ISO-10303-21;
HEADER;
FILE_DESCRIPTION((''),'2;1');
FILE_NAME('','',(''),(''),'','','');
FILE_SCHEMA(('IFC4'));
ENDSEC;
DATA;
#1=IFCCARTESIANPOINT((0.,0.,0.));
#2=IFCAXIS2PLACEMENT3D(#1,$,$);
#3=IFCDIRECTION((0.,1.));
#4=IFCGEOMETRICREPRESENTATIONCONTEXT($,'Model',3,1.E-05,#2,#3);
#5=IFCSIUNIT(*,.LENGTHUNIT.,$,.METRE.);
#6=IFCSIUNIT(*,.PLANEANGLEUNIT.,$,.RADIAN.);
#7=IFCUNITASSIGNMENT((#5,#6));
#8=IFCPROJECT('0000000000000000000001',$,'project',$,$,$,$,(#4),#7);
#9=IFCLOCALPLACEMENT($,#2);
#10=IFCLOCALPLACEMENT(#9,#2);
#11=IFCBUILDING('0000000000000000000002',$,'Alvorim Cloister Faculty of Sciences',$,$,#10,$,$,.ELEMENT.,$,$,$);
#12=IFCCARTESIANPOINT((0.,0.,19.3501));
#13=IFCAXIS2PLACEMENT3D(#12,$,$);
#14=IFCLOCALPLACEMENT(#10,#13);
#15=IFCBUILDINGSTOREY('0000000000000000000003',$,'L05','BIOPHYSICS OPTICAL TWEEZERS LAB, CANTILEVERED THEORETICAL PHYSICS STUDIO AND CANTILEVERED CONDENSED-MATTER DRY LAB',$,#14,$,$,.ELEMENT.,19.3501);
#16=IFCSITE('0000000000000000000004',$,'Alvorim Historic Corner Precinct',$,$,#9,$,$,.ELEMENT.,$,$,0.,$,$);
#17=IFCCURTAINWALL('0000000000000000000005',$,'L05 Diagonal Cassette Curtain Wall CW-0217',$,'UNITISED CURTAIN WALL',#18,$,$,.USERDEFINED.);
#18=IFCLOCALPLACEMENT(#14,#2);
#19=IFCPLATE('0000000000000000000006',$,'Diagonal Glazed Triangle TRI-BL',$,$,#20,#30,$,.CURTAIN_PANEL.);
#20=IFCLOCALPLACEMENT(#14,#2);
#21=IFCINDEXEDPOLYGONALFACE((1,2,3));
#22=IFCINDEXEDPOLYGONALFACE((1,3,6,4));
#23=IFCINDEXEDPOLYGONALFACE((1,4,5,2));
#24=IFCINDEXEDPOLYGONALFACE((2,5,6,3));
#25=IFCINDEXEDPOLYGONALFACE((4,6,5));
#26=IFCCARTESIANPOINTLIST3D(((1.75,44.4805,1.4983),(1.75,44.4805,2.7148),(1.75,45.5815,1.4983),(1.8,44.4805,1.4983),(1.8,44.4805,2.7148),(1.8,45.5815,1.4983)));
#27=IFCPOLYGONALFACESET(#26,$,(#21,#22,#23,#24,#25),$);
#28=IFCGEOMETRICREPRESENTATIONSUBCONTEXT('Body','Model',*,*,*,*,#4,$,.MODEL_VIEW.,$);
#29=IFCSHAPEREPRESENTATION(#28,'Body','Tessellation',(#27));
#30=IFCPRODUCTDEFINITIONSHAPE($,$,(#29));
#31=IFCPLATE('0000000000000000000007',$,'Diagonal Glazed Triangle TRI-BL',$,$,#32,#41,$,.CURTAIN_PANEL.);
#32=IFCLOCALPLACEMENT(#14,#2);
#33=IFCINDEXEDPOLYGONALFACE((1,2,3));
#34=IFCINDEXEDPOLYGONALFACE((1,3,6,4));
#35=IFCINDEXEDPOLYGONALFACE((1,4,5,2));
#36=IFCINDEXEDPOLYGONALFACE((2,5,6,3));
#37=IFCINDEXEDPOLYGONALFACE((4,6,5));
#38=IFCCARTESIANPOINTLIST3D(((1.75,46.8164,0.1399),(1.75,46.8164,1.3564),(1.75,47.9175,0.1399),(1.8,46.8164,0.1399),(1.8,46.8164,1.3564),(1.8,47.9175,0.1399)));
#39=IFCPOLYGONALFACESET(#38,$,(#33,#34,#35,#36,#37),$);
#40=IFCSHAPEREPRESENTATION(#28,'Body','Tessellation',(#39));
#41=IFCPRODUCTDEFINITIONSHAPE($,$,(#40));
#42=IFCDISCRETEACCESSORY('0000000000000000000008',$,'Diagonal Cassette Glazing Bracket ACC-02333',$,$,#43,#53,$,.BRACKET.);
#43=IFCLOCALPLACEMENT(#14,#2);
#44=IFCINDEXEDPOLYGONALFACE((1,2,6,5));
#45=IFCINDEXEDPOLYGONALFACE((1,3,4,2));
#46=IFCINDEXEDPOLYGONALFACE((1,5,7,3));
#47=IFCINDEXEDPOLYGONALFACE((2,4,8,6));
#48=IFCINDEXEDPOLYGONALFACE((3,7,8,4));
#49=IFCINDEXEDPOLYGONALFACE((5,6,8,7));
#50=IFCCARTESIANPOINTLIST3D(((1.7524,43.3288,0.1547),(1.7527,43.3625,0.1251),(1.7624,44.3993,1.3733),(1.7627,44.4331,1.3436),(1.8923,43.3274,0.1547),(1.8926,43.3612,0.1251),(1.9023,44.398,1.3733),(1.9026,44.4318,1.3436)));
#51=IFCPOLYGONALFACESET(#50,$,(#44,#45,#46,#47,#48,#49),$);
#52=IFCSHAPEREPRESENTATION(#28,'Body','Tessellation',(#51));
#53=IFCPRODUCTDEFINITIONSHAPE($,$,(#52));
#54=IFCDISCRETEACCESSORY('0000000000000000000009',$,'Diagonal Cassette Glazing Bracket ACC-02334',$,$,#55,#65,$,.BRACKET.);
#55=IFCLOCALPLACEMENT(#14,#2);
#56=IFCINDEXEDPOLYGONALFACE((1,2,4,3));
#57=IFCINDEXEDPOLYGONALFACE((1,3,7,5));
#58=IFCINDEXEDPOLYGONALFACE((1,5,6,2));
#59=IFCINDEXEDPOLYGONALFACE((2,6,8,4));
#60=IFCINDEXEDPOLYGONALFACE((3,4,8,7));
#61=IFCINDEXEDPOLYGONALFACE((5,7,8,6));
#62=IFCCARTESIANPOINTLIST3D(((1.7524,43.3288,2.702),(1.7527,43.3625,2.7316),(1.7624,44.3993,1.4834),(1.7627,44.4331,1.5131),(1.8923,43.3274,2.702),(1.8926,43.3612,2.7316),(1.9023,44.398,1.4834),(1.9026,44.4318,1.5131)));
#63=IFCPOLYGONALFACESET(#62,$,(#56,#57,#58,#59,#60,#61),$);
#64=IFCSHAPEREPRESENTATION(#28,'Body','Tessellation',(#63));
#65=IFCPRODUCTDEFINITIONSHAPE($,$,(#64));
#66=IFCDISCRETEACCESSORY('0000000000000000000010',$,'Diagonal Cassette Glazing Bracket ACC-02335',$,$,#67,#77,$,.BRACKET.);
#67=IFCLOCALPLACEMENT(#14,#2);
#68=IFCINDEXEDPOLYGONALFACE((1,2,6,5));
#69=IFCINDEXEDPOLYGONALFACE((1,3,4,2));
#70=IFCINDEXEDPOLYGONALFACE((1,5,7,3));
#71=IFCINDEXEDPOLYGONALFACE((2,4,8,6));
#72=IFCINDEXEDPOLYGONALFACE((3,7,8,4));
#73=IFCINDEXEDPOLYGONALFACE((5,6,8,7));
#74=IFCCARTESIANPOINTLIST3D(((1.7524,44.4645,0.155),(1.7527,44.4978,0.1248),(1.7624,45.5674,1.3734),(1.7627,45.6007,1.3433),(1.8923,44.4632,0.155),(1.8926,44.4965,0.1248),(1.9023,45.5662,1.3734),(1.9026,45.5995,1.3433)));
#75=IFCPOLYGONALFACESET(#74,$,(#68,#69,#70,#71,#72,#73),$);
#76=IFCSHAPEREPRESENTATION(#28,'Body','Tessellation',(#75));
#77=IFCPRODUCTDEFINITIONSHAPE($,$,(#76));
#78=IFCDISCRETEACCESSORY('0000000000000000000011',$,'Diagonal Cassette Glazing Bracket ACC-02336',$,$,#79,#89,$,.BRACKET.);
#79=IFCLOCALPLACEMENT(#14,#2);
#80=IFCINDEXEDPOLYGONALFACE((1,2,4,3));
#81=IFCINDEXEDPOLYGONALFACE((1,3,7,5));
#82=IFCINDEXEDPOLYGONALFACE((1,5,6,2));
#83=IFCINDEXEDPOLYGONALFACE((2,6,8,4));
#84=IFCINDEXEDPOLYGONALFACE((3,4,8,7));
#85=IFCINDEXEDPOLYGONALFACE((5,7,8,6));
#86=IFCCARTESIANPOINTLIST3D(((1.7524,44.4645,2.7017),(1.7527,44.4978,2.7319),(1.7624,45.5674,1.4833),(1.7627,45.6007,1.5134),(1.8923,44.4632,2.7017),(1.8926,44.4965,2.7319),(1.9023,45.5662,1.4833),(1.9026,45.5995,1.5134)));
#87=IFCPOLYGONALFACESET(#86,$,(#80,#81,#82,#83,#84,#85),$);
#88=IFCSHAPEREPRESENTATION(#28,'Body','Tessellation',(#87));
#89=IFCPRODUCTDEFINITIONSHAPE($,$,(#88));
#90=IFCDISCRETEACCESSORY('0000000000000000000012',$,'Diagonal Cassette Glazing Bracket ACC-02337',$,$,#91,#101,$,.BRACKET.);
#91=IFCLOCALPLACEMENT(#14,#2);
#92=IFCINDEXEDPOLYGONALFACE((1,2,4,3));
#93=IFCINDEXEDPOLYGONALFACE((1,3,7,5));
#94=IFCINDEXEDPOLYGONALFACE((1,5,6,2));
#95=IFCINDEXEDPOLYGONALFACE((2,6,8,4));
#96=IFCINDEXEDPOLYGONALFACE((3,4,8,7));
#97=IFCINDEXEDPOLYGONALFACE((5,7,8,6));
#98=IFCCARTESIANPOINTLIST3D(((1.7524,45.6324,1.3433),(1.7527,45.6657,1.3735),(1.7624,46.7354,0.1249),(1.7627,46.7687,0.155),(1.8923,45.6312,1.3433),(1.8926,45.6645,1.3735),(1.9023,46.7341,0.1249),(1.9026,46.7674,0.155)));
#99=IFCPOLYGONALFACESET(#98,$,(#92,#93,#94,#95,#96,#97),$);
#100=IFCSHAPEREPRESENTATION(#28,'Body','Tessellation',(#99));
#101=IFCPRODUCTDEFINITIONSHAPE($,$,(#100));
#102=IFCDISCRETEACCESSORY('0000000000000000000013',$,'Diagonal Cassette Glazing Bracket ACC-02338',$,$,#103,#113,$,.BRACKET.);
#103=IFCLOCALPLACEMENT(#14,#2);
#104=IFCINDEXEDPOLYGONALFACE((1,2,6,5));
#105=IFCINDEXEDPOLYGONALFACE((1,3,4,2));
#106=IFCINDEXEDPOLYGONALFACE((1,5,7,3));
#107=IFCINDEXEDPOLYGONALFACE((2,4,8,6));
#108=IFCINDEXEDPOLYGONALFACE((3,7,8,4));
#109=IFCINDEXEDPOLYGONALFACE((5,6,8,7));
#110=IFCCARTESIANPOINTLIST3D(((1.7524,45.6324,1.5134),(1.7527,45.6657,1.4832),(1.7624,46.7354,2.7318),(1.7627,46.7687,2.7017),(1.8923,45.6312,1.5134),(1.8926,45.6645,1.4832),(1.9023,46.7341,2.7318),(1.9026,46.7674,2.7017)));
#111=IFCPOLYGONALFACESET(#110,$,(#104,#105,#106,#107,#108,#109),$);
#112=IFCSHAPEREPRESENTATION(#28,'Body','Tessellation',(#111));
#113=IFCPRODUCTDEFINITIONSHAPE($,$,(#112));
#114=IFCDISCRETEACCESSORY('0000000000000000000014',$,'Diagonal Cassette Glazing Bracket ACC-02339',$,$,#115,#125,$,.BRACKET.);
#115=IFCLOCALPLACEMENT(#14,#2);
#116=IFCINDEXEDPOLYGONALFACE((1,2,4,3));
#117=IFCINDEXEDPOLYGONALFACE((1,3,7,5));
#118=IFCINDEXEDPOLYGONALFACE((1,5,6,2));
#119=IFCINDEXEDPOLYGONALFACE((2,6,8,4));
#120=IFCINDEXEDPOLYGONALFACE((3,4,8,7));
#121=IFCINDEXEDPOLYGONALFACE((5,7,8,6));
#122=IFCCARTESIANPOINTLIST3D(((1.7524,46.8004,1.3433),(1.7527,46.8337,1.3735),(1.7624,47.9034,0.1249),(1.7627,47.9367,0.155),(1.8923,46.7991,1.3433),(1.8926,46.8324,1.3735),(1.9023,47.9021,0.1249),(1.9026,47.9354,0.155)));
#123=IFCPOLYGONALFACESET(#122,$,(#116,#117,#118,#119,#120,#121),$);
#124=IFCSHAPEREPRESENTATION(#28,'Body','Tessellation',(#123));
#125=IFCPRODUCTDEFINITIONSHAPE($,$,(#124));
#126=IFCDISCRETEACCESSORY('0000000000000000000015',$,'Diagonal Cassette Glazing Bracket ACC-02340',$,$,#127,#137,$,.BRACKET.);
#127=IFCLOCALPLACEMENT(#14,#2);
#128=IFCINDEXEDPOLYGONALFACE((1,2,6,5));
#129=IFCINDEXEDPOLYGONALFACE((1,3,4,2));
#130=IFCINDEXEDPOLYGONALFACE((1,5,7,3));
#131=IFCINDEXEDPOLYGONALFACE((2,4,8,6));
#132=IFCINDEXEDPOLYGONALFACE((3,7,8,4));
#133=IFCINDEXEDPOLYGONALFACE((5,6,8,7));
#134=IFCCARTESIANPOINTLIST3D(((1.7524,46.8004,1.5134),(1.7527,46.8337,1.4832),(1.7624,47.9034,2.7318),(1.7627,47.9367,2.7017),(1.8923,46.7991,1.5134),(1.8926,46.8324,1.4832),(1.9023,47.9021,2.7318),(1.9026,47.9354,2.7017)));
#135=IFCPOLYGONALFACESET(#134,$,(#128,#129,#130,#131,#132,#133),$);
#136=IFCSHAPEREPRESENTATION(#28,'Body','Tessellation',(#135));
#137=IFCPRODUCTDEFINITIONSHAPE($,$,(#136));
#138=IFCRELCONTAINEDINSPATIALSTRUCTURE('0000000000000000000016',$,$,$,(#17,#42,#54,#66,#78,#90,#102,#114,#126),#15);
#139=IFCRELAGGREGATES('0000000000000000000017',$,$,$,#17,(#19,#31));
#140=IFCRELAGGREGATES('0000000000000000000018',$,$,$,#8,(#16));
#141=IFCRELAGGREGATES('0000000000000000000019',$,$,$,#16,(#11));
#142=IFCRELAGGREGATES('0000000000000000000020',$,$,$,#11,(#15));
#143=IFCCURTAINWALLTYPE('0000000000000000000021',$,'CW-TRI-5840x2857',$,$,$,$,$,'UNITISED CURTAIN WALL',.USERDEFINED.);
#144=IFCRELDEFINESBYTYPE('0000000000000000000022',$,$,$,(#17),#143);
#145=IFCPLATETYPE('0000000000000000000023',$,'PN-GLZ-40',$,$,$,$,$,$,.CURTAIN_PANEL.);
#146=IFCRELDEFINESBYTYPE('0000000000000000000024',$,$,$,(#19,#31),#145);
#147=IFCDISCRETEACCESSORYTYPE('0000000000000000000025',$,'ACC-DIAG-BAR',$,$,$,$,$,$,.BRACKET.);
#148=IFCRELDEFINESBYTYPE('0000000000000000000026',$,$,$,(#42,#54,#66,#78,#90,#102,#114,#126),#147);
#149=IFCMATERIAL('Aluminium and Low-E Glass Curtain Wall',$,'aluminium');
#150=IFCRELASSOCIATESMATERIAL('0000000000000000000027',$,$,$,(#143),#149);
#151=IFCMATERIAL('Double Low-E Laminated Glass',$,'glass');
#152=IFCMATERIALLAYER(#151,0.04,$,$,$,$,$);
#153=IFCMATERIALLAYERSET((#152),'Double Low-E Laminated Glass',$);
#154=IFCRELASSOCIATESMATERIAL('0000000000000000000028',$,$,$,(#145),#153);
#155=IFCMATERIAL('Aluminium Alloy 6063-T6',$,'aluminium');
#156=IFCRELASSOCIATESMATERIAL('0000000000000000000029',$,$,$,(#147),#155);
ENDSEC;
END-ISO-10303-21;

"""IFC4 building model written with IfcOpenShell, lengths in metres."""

from ifc_helpers import new_model, si_unit, direction, frame, origin, origin_2d, place, context, subcontext, project, spatial, polyline, rectangle, outline, extrude, material, layer, layer_set, type_object, element, aggregate, save


model = new_model("IFC4")

# Units and contexts
model_context = context("Model", 3, precision=1e-05, world=origin(), true_north=direction((0.0, 1.0)))
body_context = subcontext(model_context, "Body", "Model", "MODEL_VIEW")
ifc_project = project(units=[si_unit("LENGTHUNIT", "METRE"), si_unit("PLANEANGLEUNIT", "RADIAN")], contexts=[model_context])

# Site, building, storey
site_placement = place(None, origin())
site = spatial("IfcSite", under=ifc_project, at=site_placement, Name="Alvorim Historic Corner Precinct", CompositionType="ELEMENT", RefElevation=0.0)
building_placement = place(site_placement, origin())
building = spatial("IfcBuilding", under=site, at=building_placement, Name="Alvorim Cloister Faculty of Sciences", CompositionType="ELEMENT")
storey_placement = place(building_placement, frame((0.0, 0.0, 19.3501)))
storey = spatial("IfcBuildingStorey", under=building, at=storey_placement, Name="L05", Description="BIOPHYSICS OPTICAL TWEEZERS LAB, CANTILEVERED THEORETICAL PHYSICS STUDIO AND CANTILEVERED CONDENSED-MATTER DRY LAB", CompositionType="ELEMENT", Elevation=19.3501)

# Curtain wall, plates
ifc_material_1 = material(Name="Aluminium and Low-E Glass Curtain Wall", Category="aluminium")
curtain_wall_type = type_object("IfcCurtainWallType", Name="CW-TRI-5840x2857", ElementType="UNITISED CURTAIN WALL", PredefinedType="USERDEFINED", material=ifc_material_1)
curtain_wall_placement = place(storey_placement, origin())
curtain_wall = element("IfcCurtainWall", 1, at=curtain_wall_placement, inside=storey, type_object=curtain_wall_type, Name="L05 Diagonal Cassette Curtain Wall CW-0217", ObjectType="UNITISED CURTAIN WALL", PredefinedType="USERDEFINED")
ifc_material_2 = material(Name="Aluminium Alloy 6063-T6", Category="aluminium")
ifc_material_3 = material(Name="Double Low-E Laminated Glass", Category="glass")
ifc_layer = layer(ifc_material_3, 0.04)
ifc_layer_set = layer_set([ifc_layer], Name="Double Low-E Laminated Glass")
plate_type = type_object("IfcPlateType", Name="PN-GLZ-40", PredefinedType="CURTAIN_PANEL", material=ifc_layer_set)
plate_1_placement = place(storey_placement, frame((1.7749, 44.4805, 1.4983), z_axis=(0.0, 0.0, 1.0), x_axis=(0.0, 1.0, 0.0)))
plate_1 = element("IfcPlate", 2, at=plate_1_placement, type_object=plate_type, Name="Diagonal Glazed Triangle TRI-BL", PredefinedType="CURTAIN_PANEL", context=body_context, shape_type="SweptSolid", body=[
    extrude(outline(polyline([(0.0, 0.0), (1.1011, 0.0), (0.0, 1.2166), (0.0, 0.0)])), frame((0.0, 0.0249, 0.0), z_axis=(0.0, -1.0, 0.0), x_axis=(1.0, 0.0, 0.0)), (0.0, 0.0, 1.0), 0.05),
])
plate_2_placement = place(storey_placement, frame((1.7749, 46.8164, 0.1399), z_axis=(0.0, 0.0, 1.0), x_axis=(0.0, 1.0, 0.0)))
plate_2 = element("IfcPlate", 3, at=plate_2_placement, type_object=plate_type, Name="Diagonal Glazed Triangle TRI-BL", PredefinedType="CURTAIN_PANEL", context=body_context, shape_type="SweptSolid", body=[
    extrude(outline(polyline([(0.0, 0.0), (1.1011, 0.0), (0.0, 1.2166), (0.0, 0.0)])), frame((0.0, 0.0249, 0.0), z_axis=(0.0, -1.0, 0.0), x_axis=(1.0, 0.0, 0.0)), (0.0, 0.0, 1.0), 0.05),
])
aggregate(curtain_wall, [plate_1, plate_2])

# Discrete accessories
discrete_accessory_type = type_object("IfcDiscreteAccessoryType", Name="ACC-DIAG-BAR", PredefinedType="BRACKET", material=ifc_material_2)
for number, where, z_axis, x_axis, name in (
    (4, (1.8225, 43.345, 0.1399), (0.006171, 0.660015, 0.751227), (-0.999956, 0.00935, 0.0), "Diagonal Cassette Glazing Bracket ACC-02333"),
    (5, (1.8225, 43.345, 2.7168), (0.006171, 0.660015, -0.751227), (-0.999956, 0.00935, 0.0), "Diagonal Cassette Glazing Bracket ACC-02334"),
):
    element("IfcDiscreteAccessory", number, at=place(storey_placement, frame(where, z_axis=z_axis, x_axis=x_axis)), inside=storey, type_object=discrete_accessory_type, Name=name, PredefinedType="BRACKET", context=body_context, shape_type="SweptSolid", body=[
        extrude(rectangle(XDim=0.1399, YDim=0.0449, at=origin_2d()), origin(), (0.0, 0.0, 1.0), 1.6221),
    ])
for number, where, z_axis, x_axis, name in (
    (6, (1.8225, 44.4805, 0.1399), (0.00609, 0.671091, 0.74135), (-0.999959, 0.009074, 0.0), "Diagonal Cassette Glazing Bracket ACC-02335"),
    (7, (1.8225, 44.4805, 2.7168), (0.00609, 0.671091, -0.74135), (-0.999959, 0.009074, 0.0), "Diagonal Cassette Glazing Bracket ACC-02336"),
    (8, (1.8225, 45.6484, 1.3584), (0.00609, 0.671091, -0.74135), (-0.999959, 0.009074, 0.0), "Diagonal Cassette Glazing Bracket ACC-02337"),
    (9, (1.8225, 45.6484, 1.4983), (0.00609, 0.671091, 0.74135), (-0.999959, 0.009074, 0.0), "Diagonal Cassette Glazing Bracket ACC-02338"),
    (10, (1.8225, 46.8164, 1.3584), (0.00609, 0.671091, -0.74135), (-0.999959, 0.009074, 0.0), "Diagonal Cassette Glazing Bracket ACC-02339"),
    (11, (1.8225, 46.8164, 1.4983), (0.00609, 0.671091, 0.74135), (-0.999959, 0.009074, 0.0), "Diagonal Cassette Glazing Bracket ACC-02340"),
):
    element("IfcDiscreteAccessory", number, at=place(storey_placement, frame(where, z_axis=z_axis, x_axis=x_axis)), inside=storey, type_object=discrete_accessory_type, Name=name, PredefinedType="BRACKET", context=body_context, shape_type="SweptSolid", body=[
        extrude(rectangle(XDim=0.1399, YDim=0.0449, at=origin_2d()), origin(), (0.0, 0.0, 1.0), 1.6436),
    ])

save(model, "model.ifc")
